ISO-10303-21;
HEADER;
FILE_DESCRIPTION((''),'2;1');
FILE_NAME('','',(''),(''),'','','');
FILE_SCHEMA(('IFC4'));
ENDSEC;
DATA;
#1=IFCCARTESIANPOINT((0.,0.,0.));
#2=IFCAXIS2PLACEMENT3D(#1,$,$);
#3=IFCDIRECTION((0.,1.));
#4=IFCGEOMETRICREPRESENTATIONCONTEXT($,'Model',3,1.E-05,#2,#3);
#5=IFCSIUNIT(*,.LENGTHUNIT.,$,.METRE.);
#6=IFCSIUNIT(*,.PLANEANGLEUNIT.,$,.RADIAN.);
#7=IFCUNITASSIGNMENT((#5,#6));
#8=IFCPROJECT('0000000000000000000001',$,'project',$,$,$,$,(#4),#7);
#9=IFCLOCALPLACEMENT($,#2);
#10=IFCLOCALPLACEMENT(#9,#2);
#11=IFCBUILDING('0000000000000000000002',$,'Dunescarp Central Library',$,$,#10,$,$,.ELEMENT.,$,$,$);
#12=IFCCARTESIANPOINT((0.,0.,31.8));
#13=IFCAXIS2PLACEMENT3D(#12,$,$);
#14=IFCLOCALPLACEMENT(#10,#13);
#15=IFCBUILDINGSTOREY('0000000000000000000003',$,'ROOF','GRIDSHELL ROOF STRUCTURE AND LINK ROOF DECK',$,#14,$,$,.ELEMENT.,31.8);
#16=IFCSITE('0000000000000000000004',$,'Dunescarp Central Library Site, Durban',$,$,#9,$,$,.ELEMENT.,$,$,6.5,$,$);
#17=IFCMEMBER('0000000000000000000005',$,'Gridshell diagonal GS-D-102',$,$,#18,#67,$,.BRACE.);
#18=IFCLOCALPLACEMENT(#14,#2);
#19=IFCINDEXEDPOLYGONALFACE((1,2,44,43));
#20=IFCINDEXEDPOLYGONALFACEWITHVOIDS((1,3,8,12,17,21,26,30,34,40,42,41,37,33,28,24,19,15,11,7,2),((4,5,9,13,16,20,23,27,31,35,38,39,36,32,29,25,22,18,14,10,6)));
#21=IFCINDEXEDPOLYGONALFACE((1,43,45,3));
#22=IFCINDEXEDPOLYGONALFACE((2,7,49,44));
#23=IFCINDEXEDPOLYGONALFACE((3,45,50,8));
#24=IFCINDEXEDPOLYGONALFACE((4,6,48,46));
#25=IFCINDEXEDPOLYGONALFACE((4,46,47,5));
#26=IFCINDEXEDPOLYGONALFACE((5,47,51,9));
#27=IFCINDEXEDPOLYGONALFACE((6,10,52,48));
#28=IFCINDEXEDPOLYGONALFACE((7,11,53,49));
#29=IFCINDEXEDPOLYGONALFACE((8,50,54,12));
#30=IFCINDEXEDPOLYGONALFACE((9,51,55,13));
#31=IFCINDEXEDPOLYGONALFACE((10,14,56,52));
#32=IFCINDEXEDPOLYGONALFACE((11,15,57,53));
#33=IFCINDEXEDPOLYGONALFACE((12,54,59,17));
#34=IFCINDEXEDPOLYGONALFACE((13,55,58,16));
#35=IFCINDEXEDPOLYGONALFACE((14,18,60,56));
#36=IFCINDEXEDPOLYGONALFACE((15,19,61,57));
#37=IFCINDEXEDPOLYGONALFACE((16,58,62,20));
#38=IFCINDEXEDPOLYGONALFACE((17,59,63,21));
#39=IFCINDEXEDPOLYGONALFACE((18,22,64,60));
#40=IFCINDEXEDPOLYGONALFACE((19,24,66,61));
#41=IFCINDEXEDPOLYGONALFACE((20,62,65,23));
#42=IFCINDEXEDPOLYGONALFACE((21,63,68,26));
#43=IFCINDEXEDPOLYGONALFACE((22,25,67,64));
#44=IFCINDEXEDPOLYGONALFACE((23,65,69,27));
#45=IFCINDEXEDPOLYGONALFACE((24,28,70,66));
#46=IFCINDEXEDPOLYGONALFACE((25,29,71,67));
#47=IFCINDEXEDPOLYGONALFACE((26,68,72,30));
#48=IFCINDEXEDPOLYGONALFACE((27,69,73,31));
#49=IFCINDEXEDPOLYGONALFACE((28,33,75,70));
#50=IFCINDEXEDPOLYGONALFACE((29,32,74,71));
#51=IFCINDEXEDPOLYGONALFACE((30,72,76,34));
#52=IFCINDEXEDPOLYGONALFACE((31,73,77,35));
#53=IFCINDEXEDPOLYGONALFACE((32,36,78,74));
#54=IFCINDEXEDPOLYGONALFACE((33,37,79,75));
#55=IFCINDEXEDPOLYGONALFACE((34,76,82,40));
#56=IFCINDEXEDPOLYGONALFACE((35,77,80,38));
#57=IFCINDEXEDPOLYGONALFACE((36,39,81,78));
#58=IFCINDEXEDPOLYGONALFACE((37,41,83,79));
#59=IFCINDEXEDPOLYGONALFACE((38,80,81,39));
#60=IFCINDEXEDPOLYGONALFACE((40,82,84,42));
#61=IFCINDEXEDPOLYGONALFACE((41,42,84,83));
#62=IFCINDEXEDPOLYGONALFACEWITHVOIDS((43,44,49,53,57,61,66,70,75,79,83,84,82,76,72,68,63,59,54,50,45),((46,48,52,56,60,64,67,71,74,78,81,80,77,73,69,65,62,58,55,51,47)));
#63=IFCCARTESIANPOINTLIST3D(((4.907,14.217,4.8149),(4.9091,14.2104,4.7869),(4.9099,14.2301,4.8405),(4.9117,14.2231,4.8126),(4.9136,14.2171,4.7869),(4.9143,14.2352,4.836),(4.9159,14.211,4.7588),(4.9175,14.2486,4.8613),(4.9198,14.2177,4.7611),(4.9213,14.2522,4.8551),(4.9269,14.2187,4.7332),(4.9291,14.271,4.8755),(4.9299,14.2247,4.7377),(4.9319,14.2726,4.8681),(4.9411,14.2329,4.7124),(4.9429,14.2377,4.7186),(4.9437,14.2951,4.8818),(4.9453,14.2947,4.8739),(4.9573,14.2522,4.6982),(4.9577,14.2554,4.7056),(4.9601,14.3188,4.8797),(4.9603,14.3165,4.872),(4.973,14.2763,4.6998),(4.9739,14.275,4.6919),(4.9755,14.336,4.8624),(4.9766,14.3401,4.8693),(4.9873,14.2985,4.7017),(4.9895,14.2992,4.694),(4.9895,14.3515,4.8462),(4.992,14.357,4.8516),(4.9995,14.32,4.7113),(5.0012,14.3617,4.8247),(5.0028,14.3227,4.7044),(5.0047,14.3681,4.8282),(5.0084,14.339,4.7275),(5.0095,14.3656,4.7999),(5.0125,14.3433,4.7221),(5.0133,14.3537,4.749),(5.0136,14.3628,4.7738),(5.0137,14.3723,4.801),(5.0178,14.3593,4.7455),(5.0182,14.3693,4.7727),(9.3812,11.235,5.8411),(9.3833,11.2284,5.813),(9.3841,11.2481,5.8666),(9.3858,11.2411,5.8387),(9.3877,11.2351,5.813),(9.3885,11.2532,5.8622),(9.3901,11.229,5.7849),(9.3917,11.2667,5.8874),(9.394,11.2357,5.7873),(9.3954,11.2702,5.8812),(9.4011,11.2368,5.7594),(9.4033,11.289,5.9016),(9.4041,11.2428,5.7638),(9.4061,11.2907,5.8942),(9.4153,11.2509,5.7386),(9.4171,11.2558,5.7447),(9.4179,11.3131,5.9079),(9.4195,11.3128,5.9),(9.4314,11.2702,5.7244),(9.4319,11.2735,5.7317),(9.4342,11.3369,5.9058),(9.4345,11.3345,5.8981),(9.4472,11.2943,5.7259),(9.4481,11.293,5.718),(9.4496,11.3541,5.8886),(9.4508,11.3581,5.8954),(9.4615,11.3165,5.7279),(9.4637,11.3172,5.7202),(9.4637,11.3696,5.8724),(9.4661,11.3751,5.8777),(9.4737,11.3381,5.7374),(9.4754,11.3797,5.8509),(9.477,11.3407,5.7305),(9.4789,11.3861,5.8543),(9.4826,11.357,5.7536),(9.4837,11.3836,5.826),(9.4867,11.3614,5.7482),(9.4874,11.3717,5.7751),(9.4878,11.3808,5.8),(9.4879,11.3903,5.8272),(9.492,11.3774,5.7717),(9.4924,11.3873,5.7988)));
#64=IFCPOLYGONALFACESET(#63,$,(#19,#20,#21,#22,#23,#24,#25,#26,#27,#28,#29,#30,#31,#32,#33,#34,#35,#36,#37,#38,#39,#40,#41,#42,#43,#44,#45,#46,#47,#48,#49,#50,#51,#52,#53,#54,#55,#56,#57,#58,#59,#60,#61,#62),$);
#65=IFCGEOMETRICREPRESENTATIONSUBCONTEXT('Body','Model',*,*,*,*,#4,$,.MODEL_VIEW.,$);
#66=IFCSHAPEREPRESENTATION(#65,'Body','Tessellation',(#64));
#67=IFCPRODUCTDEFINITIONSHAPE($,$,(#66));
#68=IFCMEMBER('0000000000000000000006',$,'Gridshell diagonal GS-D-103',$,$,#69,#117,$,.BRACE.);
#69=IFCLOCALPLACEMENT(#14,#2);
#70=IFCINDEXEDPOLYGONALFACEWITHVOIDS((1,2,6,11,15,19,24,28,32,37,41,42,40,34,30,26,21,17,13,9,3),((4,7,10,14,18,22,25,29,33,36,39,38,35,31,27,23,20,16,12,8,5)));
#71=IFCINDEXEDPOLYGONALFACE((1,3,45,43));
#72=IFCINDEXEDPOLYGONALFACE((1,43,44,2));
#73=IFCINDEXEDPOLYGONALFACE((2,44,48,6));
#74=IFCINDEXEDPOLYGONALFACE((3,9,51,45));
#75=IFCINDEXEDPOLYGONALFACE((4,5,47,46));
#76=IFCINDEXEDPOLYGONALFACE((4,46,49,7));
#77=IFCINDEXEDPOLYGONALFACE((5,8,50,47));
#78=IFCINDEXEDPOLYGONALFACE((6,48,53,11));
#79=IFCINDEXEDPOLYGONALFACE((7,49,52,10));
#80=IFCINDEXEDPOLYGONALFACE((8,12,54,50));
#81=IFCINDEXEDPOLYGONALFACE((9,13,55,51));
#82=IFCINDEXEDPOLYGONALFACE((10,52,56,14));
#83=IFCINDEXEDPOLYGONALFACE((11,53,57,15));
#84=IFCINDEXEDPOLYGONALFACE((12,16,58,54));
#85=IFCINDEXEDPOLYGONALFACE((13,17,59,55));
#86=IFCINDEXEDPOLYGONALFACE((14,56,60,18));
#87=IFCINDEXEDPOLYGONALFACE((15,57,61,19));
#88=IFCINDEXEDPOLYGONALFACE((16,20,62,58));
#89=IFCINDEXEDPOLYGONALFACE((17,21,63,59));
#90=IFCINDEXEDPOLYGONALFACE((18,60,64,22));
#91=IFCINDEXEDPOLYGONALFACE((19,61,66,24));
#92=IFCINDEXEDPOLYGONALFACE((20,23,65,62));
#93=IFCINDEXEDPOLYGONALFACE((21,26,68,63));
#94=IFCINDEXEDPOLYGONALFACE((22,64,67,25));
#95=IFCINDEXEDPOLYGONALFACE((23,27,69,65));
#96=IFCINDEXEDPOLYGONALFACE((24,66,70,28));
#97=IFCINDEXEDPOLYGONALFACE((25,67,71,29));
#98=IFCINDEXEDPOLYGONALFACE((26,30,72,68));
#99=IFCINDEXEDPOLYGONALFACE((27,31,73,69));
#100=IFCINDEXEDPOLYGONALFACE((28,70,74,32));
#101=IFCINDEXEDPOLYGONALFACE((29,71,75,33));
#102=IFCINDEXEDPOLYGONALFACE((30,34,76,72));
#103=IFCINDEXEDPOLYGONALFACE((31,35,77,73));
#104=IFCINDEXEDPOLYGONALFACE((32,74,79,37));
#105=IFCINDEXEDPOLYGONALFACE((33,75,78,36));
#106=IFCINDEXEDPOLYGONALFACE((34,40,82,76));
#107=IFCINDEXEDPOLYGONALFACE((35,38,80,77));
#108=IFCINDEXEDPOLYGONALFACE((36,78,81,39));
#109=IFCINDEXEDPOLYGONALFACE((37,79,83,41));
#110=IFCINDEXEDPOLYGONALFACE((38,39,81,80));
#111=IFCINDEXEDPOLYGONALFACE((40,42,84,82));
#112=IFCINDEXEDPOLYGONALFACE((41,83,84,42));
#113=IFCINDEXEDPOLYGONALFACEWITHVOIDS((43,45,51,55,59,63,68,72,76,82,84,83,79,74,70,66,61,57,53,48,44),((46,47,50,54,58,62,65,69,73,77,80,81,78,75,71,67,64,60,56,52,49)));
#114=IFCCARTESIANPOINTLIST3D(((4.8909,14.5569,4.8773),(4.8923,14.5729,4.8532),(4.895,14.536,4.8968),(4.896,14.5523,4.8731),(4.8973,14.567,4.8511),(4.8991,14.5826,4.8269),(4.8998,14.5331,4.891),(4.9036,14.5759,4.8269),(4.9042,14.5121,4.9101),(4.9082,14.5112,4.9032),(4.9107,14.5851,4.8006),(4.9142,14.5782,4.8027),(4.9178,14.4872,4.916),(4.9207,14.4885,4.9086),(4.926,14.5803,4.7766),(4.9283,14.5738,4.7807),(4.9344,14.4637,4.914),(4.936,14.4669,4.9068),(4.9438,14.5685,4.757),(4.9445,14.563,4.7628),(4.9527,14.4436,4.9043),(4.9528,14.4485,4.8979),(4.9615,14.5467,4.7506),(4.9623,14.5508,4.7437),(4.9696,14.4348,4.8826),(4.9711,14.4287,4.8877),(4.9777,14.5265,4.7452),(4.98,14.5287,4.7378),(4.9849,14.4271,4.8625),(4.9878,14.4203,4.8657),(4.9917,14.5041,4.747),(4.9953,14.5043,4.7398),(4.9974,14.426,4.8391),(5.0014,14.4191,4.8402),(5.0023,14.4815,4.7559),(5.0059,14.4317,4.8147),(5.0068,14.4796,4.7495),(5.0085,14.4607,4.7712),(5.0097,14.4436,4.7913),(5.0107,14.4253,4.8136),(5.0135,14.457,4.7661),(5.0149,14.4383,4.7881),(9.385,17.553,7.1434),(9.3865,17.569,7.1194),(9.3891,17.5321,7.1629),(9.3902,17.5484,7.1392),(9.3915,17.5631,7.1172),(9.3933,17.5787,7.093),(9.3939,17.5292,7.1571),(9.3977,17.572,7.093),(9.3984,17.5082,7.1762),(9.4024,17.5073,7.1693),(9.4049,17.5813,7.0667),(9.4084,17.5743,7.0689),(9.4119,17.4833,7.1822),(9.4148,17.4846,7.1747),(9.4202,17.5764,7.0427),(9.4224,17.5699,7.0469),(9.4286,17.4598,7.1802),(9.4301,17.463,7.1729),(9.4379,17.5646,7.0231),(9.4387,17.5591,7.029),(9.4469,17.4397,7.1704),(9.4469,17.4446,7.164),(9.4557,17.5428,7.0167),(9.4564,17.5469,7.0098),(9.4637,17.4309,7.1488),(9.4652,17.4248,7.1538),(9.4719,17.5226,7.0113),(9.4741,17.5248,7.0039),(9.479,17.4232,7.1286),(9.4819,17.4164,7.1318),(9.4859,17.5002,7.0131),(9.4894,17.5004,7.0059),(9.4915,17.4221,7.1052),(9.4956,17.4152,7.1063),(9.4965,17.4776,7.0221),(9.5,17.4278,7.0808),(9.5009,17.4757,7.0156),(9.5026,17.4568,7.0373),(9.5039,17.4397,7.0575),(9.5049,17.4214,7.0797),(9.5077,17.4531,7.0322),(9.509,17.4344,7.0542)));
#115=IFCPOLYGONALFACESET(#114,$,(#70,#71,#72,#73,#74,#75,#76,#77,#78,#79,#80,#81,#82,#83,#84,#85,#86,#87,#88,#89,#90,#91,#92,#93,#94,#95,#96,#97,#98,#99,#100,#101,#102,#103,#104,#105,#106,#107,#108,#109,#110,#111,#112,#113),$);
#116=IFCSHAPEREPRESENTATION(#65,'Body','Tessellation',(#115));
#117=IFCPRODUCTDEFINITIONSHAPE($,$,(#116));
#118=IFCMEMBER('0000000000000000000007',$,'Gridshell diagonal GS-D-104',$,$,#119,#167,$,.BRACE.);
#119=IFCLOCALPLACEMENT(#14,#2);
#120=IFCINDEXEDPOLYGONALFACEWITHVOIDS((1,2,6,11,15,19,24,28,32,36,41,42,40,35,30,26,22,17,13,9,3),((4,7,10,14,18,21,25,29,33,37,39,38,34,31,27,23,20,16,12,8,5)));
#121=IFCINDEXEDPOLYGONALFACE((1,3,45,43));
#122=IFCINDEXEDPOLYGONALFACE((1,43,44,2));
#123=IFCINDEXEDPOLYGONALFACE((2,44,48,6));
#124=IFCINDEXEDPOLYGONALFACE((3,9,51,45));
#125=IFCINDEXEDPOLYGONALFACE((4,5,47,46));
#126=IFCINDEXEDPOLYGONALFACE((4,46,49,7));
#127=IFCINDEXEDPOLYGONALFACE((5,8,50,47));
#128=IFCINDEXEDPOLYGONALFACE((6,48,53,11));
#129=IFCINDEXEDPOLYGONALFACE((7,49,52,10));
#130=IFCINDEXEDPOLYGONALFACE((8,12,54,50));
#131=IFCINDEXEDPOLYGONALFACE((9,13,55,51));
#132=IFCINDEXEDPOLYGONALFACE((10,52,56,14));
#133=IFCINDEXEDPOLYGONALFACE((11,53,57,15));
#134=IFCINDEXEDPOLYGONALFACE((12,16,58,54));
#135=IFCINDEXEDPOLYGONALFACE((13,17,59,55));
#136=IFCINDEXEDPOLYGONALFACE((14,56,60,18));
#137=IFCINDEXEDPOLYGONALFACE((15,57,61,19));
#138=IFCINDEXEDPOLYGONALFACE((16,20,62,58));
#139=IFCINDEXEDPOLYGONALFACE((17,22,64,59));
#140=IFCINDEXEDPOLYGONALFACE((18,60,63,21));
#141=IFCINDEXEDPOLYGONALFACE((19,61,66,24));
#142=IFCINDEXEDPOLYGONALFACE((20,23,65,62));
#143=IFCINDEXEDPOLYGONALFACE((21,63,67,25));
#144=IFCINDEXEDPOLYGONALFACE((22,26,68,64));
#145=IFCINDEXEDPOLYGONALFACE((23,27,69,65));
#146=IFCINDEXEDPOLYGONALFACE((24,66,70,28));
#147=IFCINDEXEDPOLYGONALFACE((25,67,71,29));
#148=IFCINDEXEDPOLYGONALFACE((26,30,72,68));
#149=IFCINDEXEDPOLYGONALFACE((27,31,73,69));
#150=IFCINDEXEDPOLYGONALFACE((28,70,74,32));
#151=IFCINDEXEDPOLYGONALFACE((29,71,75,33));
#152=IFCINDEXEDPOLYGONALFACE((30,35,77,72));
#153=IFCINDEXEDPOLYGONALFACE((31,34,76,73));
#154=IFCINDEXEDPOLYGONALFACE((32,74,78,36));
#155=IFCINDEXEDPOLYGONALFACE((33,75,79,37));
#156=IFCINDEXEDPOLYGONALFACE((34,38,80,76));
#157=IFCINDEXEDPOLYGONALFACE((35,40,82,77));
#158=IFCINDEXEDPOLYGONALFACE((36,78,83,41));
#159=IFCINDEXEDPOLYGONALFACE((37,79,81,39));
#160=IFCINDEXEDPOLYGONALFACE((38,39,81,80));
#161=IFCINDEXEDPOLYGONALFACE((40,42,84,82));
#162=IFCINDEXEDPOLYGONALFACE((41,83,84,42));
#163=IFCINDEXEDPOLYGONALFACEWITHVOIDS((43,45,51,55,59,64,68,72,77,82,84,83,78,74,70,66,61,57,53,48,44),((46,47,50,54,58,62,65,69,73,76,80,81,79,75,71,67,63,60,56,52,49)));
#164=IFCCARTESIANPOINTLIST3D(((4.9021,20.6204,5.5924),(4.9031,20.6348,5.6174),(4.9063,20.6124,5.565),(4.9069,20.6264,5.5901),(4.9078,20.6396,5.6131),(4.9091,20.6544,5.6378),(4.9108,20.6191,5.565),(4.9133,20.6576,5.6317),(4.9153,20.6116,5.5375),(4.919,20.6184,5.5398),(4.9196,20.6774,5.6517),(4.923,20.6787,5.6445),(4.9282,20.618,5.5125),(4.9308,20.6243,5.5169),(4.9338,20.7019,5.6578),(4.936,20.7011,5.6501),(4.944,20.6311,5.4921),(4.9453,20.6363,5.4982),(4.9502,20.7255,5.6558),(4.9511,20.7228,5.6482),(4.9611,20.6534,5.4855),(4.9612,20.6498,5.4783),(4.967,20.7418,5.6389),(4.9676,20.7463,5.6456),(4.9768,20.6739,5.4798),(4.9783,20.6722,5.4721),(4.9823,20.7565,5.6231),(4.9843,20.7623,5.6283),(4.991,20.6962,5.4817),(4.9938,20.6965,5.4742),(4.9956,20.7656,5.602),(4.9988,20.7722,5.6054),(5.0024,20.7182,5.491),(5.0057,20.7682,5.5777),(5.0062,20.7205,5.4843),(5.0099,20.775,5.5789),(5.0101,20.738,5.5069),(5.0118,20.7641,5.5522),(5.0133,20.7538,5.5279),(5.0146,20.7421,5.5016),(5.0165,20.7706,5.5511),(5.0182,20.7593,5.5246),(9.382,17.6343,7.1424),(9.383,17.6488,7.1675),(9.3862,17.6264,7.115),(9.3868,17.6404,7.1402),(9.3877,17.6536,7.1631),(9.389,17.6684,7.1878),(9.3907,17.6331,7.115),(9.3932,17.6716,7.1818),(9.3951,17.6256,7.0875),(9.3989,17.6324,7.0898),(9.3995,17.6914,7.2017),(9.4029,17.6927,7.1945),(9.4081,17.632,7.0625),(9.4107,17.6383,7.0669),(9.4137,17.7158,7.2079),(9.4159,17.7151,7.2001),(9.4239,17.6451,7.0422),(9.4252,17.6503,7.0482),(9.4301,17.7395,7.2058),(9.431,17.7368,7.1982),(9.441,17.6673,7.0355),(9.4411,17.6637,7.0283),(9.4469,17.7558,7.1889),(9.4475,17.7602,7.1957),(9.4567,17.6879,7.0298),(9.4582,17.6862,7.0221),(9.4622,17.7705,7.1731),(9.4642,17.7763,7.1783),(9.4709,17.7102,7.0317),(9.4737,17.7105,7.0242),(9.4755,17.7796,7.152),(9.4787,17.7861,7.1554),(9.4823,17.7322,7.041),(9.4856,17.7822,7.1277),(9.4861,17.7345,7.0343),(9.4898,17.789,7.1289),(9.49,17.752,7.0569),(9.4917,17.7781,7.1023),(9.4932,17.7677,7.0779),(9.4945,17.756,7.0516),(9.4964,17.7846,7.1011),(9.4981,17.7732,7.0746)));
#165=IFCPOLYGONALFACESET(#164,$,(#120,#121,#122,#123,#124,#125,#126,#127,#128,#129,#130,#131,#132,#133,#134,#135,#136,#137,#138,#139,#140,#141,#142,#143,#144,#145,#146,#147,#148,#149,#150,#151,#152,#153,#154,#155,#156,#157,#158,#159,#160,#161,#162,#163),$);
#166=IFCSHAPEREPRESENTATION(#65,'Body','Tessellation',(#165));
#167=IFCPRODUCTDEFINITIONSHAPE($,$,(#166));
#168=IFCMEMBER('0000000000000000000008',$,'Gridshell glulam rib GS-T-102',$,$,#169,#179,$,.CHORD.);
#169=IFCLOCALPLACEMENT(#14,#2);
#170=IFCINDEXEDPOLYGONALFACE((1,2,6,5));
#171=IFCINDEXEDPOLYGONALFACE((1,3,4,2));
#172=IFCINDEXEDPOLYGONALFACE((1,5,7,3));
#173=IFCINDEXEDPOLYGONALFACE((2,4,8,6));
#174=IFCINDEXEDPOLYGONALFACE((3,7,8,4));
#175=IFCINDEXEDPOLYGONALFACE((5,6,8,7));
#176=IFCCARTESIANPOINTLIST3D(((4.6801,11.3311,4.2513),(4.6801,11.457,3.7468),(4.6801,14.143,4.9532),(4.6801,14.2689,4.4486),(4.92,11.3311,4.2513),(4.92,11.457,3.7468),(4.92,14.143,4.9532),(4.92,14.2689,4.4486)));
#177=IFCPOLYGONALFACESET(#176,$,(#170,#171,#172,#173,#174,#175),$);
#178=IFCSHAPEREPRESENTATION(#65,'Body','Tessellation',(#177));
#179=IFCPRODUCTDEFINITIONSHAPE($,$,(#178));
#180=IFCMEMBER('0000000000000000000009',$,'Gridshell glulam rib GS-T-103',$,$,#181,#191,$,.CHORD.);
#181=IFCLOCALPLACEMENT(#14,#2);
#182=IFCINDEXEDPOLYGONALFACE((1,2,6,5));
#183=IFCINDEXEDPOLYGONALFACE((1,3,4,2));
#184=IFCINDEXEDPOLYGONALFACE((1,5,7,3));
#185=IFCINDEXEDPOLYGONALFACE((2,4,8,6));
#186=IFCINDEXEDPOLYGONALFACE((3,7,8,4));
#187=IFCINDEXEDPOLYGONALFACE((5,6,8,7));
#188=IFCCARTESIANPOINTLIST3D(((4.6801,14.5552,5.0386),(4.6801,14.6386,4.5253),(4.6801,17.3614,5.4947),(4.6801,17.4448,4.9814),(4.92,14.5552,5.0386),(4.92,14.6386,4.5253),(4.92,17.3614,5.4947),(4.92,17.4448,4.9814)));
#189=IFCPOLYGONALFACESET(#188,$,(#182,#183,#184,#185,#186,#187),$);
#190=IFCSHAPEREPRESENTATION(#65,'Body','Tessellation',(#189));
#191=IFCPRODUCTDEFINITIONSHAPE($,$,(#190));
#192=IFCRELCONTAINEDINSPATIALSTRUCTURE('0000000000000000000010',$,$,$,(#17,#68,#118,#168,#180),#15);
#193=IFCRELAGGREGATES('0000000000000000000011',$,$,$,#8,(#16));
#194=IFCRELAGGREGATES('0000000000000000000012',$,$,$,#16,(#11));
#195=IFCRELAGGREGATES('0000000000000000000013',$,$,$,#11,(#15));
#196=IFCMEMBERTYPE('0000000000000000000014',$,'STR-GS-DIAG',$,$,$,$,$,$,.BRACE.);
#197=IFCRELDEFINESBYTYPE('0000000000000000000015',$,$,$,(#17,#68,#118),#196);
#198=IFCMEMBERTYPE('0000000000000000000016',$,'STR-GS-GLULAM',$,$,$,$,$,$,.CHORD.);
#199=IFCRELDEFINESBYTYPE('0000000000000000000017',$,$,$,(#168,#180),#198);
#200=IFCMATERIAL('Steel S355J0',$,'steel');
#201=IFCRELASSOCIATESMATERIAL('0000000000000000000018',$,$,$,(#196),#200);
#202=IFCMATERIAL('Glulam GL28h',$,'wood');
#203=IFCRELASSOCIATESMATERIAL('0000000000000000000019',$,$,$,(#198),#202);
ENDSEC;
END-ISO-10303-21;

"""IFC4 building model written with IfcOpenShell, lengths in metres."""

from ifc_helpers import new_model, si_unit, direction, frame, origin, origin_2d, place, context, subcontext, project, spatial, rectangle, hollow_circle, extrude, material, material_profile, profile_set, type_object, element, save


model = new_model("IFC4")

# Units and contexts
model_context = context("Model", 3, precision=1e-05, world=origin(), true_north=direction((0.0, 1.0)))
body_context = subcontext(model_context, "Body", "Model", "MODEL_VIEW")
ifc_project = project(units=[si_unit("LENGTHUNIT", "METRE"), si_unit("PLANEANGLEUNIT", "RADIAN")], contexts=[model_context])

# Site, building, storey
site_placement = place(None, origin())
site = spatial("IfcSite", under=ifc_project, at=site_placement, Name="Dunescarp Central Library Site, Durban", CompositionType="ELEMENT", RefElevation=6.5)
building_placement = place(site_placement, origin())
building = spatial("IfcBuilding", under=site, at=building_placement, Name="Dunescarp Central Library", CompositionType="ELEMENT")
storey_placement = place(building_placement, frame((0.0, 0.0, 31.8)))
storey = spatial("IfcBuildingStorey", under=building, at=storey_placement, Name="ROOF", Description="GRIDSHELL ROOF STRUCTURE AND LINK ROOF DECK", CompositionType="ELEMENT", Elevation=31.8)

# Members
ifc_material_1 = material(Name="Steel S355J0", Category="steel")
ifc_material_profile_1 = material_profile(ifc_material_1, hollow_circle(Radius=0.0969, WallThickness=0.0081, at=origin_2d()), Name="CHS 193.7x8")
ifc_profile_set_1 = profile_set([ifc_material_profile_1], Name="Steel S355J0")
member_type_1 = type_object("IfcMemberType", Name="STR-GS-DIAG", PredefinedType="BRACE", material=ifc_profile_set_1)
member_1_placement = place(storey_placement, frame((9.437, 11.3091, 5.813), z_axis=(-0.817368, 0.544764, -0.18746), x_axis=(-0.554595, -0.83212, 0.0)))
element("IfcMember", 1, at=member_1_placement, inside=storey, type_object=member_type_1, Name="Gridshell diagonal GS-D-102", PredefinedType="BRACE", context=body_context, shape_type="SweptSolid", body=[
    extrude(hollow_circle(Radius=0.0969, WallThickness=0.0081, at=origin_2d()), origin(), (0.0, 0.0, 1.0), 5.4739),
])
member_2_placement = place(storey_placement, frame((4.9529, 14.502, 4.8269), z_axis=(0.767258, 0.511506, 0.38688), x_axis=(-0.5547, 0.83205, 0.0)))
element("IfcMember", 2, at=member_2_placement, inside=storey, type_object=member_type_1, Name="Gridshell diagonal GS-D-103", PredefinedType="BRACE", context=body_context, shape_type="SweptSolid", body=[
    extrude(hollow_circle(Radius=0.0969, WallThickness=0.0081, at=origin_2d()), origin(), (0.0, 0.0, 1.0), 5.8574),
])
member_3_placement = place(storey_placement, frame((9.4399, 17.707, 7.115), z_axis=(-0.79962, 0.532978, -0.276664), x_axis=(-0.554627, -0.832099, 0.0)))
element("IfcMember", 3, at=member_3_placement, inside=storey, type_object=member_type_1, Name="Gridshell diagonal GS-D-104", PredefinedType="BRACE", context=body_context, shape_type="SweptSolid", body=[
    extrude(hollow_circle(Radius=0.0969, WallThickness=0.0081, at=origin_2d()), origin(), (0.0, 0.0, 1.0), 5.6025),
])
ifc_material_2 = material(Name="Glulam GL28h", Category="wood")
ifc_material_profile_2 = material_profile(ifc_material_2, rectangle(XDim=0.24, YDim=0.52, at=origin_2d()), Name="GL28h 240x520")
ifc_profile_set_2 = profile_set([ifc_material_profile_2], Name="Glulam GL28h")
member_type_2 = type_object("IfcMemberType", Name="STR-GS-GLULAM", PredefinedType="CHORD", material=ifc_profile_set_2)
member_4_placement = place(storey_placement, frame((4.8, 11.394, 3.999), z_axis=(0.0, 0.970232, 0.242179), x_axis=(-1.0, 0.0, 0.0)))
element("IfcMember", 4, at=member_4_placement, inside=storey, type_object=member_type_2, Name="Gridshell glulam rib GS-T-102", PredefinedType="CHORD", context=body_context, shape_type="SweptSolid", body=[
    extrude(rectangle(XDim=0.24, YDim=0.52, at=origin_2d()), origin(), (0.0, 0.0, 1.0), 2.8982),
])
member_5_placement = place(storey_placement, frame((4.8, 14.5969, 4.782), z_axis=(0.0, 0.98705, 0.160415), x_axis=(-1.0, 0.0, 0.0)))
element("IfcMember", 5, at=member_5_placement, inside=storey, type_object=member_type_2, Name="Gridshell glulam rib GS-T-103", PredefinedType="CHORD", context=body_context, shape_type="SweptSolid", body=[
    extrude(rectangle(XDim=0.24, YDim=0.52, at=origin_2d()), origin(), (0.0, 0.0, 1.0), 2.843),
])

save(model, "model.ifc")
